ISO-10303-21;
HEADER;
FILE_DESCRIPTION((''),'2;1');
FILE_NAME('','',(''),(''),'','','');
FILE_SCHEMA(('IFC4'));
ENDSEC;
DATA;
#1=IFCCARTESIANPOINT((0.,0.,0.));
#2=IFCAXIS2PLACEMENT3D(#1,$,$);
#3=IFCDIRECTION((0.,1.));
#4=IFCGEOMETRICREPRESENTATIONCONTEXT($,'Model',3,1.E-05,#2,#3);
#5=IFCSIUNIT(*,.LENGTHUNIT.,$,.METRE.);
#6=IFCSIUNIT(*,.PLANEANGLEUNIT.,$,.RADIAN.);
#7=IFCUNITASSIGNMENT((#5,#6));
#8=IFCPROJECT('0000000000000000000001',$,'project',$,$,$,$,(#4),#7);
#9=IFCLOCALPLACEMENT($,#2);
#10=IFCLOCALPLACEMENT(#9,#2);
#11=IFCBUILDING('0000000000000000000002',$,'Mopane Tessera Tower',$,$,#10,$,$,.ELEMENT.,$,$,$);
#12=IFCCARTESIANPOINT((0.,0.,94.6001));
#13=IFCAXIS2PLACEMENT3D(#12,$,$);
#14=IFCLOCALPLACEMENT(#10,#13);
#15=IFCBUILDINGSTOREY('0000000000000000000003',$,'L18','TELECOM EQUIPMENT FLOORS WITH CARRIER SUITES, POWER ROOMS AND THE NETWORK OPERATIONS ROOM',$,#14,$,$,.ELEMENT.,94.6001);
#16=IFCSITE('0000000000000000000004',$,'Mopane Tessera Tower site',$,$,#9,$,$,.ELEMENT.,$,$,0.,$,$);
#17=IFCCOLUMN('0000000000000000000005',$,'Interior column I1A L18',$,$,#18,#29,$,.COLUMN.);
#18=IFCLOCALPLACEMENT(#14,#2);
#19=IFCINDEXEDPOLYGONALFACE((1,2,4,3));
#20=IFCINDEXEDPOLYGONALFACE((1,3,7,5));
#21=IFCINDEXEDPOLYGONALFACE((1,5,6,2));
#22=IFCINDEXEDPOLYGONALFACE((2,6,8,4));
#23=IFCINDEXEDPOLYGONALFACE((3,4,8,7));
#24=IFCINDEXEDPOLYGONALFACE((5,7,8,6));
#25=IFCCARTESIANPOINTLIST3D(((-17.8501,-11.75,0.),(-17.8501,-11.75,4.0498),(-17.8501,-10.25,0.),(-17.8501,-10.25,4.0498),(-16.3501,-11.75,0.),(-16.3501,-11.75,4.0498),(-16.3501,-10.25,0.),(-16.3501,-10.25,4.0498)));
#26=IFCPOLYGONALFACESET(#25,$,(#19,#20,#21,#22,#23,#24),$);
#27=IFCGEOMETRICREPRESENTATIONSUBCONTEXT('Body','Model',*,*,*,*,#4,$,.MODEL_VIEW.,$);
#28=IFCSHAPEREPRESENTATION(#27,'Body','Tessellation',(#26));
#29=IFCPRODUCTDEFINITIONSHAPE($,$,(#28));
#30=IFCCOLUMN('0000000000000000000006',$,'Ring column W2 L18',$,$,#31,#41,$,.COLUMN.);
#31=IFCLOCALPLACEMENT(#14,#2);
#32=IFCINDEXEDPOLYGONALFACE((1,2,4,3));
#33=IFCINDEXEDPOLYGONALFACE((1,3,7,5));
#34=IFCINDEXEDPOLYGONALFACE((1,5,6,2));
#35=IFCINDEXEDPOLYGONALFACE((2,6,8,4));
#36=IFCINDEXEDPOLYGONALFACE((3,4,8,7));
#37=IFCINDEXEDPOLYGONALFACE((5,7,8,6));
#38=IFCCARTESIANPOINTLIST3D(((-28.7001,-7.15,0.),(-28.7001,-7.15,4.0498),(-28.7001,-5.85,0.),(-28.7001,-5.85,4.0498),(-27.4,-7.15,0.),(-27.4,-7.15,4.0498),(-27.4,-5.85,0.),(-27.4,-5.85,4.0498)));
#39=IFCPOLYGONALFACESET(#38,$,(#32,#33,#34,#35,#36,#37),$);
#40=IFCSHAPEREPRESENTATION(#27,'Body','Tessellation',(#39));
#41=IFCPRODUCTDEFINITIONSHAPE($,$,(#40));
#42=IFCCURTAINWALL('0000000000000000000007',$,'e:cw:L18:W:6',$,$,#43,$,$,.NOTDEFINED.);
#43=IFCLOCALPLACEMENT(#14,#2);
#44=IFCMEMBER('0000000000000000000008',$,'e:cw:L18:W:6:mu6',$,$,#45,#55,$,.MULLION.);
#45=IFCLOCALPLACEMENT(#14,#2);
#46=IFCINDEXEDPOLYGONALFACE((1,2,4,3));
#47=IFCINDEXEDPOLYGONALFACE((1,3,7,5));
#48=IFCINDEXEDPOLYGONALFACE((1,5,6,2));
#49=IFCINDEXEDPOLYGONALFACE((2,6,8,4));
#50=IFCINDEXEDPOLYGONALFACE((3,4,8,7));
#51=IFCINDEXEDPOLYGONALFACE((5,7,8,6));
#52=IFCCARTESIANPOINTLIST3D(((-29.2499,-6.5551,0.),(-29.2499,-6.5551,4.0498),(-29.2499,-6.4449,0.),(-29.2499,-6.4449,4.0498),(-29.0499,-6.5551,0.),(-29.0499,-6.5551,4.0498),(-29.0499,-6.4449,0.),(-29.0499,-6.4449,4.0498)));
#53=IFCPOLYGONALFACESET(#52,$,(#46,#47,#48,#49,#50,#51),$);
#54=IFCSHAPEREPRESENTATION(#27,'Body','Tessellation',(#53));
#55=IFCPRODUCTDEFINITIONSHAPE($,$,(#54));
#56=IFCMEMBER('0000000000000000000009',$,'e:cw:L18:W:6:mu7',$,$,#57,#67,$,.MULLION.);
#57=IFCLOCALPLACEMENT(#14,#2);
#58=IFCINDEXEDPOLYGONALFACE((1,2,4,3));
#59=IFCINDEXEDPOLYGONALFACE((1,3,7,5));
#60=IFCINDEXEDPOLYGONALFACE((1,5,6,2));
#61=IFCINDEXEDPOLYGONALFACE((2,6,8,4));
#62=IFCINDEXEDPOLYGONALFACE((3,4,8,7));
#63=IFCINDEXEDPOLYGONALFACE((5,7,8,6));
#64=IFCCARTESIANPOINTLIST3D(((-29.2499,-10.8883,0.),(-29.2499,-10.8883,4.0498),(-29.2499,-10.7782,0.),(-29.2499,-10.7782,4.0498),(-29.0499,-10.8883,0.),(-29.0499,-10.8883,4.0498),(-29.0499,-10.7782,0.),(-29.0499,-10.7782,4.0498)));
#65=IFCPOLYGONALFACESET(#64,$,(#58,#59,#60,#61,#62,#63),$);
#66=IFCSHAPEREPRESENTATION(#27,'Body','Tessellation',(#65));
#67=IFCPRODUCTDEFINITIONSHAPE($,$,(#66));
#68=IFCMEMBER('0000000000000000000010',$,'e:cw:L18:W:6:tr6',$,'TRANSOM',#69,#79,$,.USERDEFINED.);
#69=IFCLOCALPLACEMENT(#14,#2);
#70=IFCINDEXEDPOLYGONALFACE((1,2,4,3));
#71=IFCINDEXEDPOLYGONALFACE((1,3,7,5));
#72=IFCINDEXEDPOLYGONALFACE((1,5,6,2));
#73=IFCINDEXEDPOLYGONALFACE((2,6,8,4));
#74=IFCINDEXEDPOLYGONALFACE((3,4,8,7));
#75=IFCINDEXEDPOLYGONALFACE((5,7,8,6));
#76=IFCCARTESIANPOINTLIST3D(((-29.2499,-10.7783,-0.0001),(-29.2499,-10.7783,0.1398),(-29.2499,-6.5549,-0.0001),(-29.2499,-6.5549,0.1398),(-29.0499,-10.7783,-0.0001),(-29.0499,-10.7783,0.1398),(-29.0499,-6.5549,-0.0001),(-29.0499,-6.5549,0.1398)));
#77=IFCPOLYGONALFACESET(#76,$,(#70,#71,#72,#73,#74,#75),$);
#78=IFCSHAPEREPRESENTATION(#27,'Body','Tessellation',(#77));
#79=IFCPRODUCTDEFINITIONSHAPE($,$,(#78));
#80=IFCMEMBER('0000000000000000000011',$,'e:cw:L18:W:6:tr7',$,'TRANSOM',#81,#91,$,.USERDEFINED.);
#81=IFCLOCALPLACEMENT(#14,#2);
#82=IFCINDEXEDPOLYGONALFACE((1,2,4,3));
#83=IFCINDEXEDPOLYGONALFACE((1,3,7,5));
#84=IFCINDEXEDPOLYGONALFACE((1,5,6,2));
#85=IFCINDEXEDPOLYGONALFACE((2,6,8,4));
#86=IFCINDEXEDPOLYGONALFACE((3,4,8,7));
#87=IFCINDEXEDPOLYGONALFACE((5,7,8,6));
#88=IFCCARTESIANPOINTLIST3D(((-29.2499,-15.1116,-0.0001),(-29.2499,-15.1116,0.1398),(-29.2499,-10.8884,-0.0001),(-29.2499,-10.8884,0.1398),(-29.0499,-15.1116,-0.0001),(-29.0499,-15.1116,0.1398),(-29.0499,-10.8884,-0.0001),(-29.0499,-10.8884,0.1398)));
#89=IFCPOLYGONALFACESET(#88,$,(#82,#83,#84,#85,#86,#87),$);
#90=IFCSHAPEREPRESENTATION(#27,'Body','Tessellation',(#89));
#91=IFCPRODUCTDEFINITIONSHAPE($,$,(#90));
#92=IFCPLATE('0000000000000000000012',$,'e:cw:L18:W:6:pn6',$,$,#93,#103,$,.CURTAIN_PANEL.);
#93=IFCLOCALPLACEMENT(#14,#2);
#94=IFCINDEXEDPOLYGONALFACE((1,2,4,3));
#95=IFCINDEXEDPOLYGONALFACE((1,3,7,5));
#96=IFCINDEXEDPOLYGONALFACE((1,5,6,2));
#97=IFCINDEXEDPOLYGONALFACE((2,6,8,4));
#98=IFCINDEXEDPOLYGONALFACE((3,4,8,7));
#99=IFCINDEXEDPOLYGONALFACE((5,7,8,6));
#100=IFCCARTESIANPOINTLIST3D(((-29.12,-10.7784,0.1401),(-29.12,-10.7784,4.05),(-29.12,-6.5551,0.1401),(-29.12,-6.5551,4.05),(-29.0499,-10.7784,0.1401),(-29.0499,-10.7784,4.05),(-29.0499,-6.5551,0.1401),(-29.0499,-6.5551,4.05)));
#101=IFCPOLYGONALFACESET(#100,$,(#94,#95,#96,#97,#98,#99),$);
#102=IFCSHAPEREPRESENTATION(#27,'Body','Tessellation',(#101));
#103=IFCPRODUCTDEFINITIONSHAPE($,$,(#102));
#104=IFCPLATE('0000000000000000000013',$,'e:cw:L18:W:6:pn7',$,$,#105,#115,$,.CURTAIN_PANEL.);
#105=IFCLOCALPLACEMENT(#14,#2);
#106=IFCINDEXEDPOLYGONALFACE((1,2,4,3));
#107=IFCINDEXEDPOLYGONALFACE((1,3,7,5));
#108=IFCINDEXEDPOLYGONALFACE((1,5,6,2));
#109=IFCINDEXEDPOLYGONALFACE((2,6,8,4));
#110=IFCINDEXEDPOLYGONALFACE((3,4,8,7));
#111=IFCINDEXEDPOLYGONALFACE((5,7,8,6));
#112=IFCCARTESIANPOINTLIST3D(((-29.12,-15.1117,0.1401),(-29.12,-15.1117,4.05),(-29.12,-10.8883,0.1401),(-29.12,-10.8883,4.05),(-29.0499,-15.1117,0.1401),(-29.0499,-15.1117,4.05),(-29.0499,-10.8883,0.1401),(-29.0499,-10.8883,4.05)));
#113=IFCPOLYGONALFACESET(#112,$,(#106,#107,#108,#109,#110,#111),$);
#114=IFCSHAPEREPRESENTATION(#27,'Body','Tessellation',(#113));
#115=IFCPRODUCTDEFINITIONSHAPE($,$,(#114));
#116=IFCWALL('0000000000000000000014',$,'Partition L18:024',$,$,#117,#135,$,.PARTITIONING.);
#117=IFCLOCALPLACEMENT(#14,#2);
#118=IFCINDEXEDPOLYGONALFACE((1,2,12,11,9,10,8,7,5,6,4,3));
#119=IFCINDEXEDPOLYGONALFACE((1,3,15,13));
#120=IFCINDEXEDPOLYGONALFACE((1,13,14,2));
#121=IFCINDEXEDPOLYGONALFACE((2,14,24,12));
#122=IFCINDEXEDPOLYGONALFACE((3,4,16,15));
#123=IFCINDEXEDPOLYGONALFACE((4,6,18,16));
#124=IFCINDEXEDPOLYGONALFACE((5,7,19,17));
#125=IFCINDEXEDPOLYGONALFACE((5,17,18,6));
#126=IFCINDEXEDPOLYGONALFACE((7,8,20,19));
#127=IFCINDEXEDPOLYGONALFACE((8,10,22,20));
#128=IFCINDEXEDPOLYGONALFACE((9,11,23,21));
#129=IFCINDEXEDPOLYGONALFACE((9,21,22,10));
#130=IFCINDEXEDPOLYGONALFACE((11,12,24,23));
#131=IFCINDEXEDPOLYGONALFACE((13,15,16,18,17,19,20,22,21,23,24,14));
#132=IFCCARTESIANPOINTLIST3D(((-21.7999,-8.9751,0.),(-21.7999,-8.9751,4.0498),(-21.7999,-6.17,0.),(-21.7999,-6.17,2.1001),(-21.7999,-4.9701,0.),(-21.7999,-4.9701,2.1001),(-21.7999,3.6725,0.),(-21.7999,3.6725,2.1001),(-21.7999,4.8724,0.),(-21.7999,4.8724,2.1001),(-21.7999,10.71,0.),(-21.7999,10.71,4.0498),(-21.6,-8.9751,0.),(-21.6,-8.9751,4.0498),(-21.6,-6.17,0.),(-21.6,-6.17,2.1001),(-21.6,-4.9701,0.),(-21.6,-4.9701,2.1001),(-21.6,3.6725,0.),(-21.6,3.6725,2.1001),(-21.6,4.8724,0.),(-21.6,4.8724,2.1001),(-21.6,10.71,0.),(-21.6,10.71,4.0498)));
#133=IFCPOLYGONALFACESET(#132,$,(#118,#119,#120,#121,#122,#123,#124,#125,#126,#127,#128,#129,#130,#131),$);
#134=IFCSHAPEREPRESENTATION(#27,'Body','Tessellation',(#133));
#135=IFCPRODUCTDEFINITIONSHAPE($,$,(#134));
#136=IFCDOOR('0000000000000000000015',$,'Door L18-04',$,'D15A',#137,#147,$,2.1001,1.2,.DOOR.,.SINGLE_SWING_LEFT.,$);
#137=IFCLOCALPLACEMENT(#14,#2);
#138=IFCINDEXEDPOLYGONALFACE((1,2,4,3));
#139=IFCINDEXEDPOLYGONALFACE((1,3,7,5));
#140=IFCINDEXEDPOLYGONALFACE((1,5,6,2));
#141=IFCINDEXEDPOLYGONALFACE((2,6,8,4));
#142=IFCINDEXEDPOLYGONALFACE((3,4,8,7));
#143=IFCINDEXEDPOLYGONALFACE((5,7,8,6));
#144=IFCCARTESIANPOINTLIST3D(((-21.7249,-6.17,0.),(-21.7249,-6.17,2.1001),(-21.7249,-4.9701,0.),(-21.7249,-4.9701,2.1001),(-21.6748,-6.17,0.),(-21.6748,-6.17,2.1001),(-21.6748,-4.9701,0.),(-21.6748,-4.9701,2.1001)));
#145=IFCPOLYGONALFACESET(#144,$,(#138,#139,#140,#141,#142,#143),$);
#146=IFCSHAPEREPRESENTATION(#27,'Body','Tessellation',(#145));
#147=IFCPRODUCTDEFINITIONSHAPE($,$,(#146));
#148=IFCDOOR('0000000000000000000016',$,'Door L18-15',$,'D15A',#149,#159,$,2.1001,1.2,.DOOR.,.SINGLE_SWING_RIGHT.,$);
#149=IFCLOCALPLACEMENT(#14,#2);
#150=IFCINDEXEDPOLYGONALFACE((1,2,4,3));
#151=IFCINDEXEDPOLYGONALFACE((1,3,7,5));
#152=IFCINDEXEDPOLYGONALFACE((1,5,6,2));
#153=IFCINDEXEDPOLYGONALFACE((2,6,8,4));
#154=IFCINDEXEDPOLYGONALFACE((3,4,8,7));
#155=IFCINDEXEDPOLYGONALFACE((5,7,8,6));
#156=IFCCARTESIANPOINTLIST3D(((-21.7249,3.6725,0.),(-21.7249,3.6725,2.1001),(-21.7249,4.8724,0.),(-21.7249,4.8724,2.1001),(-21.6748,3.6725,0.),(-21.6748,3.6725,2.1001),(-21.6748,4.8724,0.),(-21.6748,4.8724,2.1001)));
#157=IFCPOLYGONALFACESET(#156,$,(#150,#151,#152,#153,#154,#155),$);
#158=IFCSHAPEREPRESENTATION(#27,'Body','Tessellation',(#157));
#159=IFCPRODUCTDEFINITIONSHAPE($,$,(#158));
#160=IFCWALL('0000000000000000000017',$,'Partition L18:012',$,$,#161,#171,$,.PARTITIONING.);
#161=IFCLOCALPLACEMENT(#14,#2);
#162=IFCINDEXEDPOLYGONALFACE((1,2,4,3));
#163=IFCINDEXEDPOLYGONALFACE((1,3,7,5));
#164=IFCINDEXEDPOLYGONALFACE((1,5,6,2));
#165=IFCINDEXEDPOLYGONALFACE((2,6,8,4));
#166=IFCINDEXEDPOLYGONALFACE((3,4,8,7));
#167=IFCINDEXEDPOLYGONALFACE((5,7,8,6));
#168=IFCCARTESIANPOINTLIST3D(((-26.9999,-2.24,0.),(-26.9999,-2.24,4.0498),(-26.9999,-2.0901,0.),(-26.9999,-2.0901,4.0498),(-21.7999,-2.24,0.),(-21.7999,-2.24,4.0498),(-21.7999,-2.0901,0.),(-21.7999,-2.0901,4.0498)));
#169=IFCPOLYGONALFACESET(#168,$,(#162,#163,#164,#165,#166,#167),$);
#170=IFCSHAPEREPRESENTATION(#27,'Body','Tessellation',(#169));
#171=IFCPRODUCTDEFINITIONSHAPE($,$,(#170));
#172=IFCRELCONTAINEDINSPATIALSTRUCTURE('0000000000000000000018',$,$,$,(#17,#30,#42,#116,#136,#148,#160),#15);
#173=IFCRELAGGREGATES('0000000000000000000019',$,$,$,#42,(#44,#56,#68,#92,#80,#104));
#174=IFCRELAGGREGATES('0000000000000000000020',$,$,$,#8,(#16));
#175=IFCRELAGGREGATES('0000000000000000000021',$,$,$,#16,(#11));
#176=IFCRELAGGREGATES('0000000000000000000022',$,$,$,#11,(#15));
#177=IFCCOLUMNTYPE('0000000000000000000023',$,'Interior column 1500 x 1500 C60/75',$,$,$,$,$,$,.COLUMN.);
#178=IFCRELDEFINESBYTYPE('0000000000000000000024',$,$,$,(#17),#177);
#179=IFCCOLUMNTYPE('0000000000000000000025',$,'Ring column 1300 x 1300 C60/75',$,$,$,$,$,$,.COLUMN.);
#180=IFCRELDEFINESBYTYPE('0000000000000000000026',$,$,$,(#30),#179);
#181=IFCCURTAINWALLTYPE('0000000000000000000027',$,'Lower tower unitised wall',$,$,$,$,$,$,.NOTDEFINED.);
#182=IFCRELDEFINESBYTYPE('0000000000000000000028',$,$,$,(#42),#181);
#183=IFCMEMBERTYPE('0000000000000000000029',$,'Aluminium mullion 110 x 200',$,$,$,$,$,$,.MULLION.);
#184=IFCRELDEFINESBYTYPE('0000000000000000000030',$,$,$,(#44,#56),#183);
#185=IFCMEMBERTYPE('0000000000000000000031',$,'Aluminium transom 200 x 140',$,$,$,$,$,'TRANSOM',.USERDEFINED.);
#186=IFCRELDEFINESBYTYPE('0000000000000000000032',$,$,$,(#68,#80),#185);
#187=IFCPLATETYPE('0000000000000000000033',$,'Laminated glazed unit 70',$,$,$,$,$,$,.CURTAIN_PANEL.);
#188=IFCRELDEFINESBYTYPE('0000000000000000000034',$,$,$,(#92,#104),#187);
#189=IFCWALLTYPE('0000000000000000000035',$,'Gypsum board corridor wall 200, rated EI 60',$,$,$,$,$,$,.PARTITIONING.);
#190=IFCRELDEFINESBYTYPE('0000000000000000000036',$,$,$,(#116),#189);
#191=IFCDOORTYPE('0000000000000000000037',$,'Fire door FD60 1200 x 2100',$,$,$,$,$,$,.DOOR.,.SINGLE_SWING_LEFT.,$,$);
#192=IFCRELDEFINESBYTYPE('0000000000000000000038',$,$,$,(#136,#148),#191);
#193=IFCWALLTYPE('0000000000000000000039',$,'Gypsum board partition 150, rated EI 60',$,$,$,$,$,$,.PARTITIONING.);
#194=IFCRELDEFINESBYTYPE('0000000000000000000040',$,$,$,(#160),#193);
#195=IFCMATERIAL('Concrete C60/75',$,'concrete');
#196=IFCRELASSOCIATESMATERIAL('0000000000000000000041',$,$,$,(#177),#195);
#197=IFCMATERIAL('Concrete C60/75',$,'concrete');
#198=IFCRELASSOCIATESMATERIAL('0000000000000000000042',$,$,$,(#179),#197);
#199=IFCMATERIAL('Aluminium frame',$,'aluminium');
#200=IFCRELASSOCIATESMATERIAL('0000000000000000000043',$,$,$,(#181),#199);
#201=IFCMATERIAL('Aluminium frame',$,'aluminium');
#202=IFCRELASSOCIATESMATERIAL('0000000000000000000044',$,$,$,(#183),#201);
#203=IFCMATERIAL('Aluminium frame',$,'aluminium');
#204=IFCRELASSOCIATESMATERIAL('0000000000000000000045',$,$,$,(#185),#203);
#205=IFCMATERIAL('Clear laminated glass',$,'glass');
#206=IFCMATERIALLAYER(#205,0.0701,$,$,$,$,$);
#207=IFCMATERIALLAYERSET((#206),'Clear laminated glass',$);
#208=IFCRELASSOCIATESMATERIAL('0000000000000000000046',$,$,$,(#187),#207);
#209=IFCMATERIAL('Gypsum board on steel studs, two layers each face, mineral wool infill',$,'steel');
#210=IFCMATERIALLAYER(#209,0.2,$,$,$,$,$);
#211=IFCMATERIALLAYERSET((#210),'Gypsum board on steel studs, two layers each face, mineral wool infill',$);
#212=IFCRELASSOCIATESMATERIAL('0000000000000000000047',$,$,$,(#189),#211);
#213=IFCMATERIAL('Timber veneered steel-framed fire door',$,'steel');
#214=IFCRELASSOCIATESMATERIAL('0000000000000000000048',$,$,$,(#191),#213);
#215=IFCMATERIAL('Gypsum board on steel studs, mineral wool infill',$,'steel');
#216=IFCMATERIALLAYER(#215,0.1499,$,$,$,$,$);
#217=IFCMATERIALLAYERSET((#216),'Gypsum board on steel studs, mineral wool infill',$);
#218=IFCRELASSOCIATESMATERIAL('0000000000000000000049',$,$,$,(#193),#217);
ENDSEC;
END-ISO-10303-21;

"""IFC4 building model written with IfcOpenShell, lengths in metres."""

from ifc_helpers import new_model, si_unit, direction, frame, frame_2d, origin, origin_2d, place, context, subcontext, project, spatial, rectangle, extrude, material, layer, layer_set, material_profile, profile_set, type_object, element, fill, aggregate, save


model = new_model("IFC4")

# Units and contexts
model_context = context("Model", 3, precision=1e-05, world=origin(), true_north=direction((0.0, 1.0)))
body_context = subcontext(model_context, "Body", "Model", "MODEL_VIEW")
ifc_project = project(units=[si_unit("LENGTHUNIT", "METRE"), si_unit("PLANEANGLEUNIT", "RADIAN")], contexts=[model_context])

# Site, building, storey
site_placement = place(None, origin())
site = spatial("IfcSite", under=ifc_project, at=site_placement, Name="Mopane Tessera Tower site", CompositionType="ELEMENT", RefElevation=0.0)
building_placement = place(site_placement, origin())
building = spatial("IfcBuilding", under=site, at=building_placement, Name="Mopane Tessera Tower", CompositionType="ELEMENT")
storey_placement = place(building_placement, frame((0.0, 0.0, 94.6001)))
storey = spatial("IfcBuildingStorey", under=building, at=storey_placement, Name="L18", Description="TELECOM EQUIPMENT FLOORS WITH CARRIER SUITES, POWER ROOMS AND THE NETWORK OPERATIONS ROOM", CompositionType="ELEMENT", Elevation=94.6001)

# Columns
ifc_material_1 = material(Name="Concrete C60/75", Category="concrete")
ifc_material_profile_1 = material_profile(ifc_material_1, rectangle(XDim=1.5, YDim=1.5, at=origin_2d()))
ifc_profile_set_1 = profile_set([ifc_material_profile_1], Name="Concrete C60/75")
column_type_1 = type_object("IfcColumnType", Name="Interior column 1500 x 1500 C60/75", PredefinedType="COLUMN", material=ifc_profile_set_1)
column_1_placement = place(storey_placement, frame((-17.1001, -11.0, 0.0), z_axis=(0.0, 0.0, 1.0), x_axis=(1.0, 0.0, 0.0)))
element("IfcColumn", 1, at=column_1_placement, inside=storey, type_object=column_type_1, Name="Interior column I1A L18", PredefinedType="COLUMN", context=body_context, shape_type="SweptSolid", body=[
    extrude(rectangle(XDim=1.5, YDim=1.5, at=origin_2d()), origin(), (0.0, 0.0, 1.0), 4.0498),
])
ifc_material_2 = material(Name="Concrete C60/75", Category="concrete")
ifc_material_profile_2 = material_profile(ifc_material_2, rectangle(XDim=1.3, YDim=1.3, at=origin_2d()))
ifc_profile_set_2 = profile_set([ifc_material_profile_2], Name="Concrete C60/75")
column_type_2 = type_object("IfcColumnType", Name="Ring column 1300 x 1300 C60/75", PredefinedType="COLUMN", material=ifc_profile_set_2)
column_2_placement = place(storey_placement, frame((-28.05, -6.5, 0.0), z_axis=(0.0, 0.0, 1.0), x_axis=(1.0, 0.0, 0.0)))
element("IfcColumn", 2, at=column_2_placement, inside=storey, type_object=column_type_2, Name="Ring column W2 L18", PredefinedType="COLUMN", context=body_context, shape_type="SweptSolid", body=[
    extrude(rectangle(XDim=1.3, YDim=1.3, at=origin_2d()), origin(), (0.0, 0.0, 1.0), 4.0498),
])

# Curtain wall, members, plates
ifc_material_3 = material(Name="Aluminium frame", Category="aluminium")
curtain_wall_type = type_object("IfcCurtainWallType", Name="Lower tower unitised wall", PredefinedType="NOTDEFINED", material=ifc_material_3)
curtain_wall_placement = place(storey_placement, origin())
curtain_wall = element("IfcCurtainWall", 3, at=curtain_wall_placement, inside=storey, type_object=curtain_wall_type, Name="e:cw:L18:W:6", PredefinedType="NOTDEFINED")
ifc_material_4 = material(Name="Aluminium frame", Category="aluminium")
ifc_material_profile_3 = material_profile(ifc_material_4, rectangle(XDim=0.1101, YDim=0.2, at=origin_2d()))
ifc_profile_set_3 = profile_set([ifc_material_profile_3], Name="Aluminium frame")
member_type_1 = type_object("IfcMemberType", Name="Aluminium mullion 110 x 200", PredefinedType="MULLION", material=ifc_profile_set_3)
member_1_placement = place(storey_placement, frame((-29.1499, -6.5, 0.0), z_axis=(0.0, 0.0, 1.0), x_axis=(0.0, -1.0, 0.0)))
member_1 = element("IfcMember", 4, at=member_1_placement, type_object=member_type_1, Name="e:cw:L18:W:6:mu6", PredefinedType="MULLION", context=body_context, shape_type="SweptSolid", body=[
    extrude(rectangle(XDim=0.1101, YDim=0.2, at=origin_2d()), origin(), (0.0, 0.0, 1.0), 4.0498),
])
member_2_placement = place(storey_placement, frame((-29.1499, -10.8333, 0.0), z_axis=(0.0, 0.0, 1.0), x_axis=(0.0, -1.0, 0.0)))
member_2 = element("IfcMember", 5, at=member_2_placement, type_object=member_type_1, Name="e:cw:L18:W:6:mu7", PredefinedType="MULLION", context=body_context, shape_type="SweptSolid", body=[
    extrude(rectangle(XDim=0.1101, YDim=0.2, at=origin_2d()), origin(), (0.0, 0.0, 1.0), 4.0498),
])
ifc_material_5 = material(Name="Aluminium frame", Category="aluminium")
ifc_material_profile_4 = material_profile(ifc_material_5, rectangle(XDim=0.2, YDim=0.1399, at=origin_2d()))
ifc_profile_set_4 = profile_set([ifc_material_profile_4], Name="Aluminium frame")
member_type_2 = type_object("IfcMemberType", Name="Aluminium transom 200 x 140", ElementType="TRANSOM", PredefinedType="USERDEFINED", material=ifc_profile_set_4)
member_3_placement = place(storey_placement, frame((-29.1499, -6.5549, 0.0698), z_axis=(0.0, -1.0, 0.0), x_axis=(1.0, 0.0, 0.0)))
member_3 = element("IfcMember", 6, at=member_3_placement, type_object=member_type_2, Name="e:cw:L18:W:6:tr6", ObjectType="TRANSOM", PredefinedType="USERDEFINED", context=body_context, shape_type="SweptSolid", body=[
    extrude(rectangle(XDim=0.2, YDim=0.1399, at=origin_2d()), origin(), (0.0, 0.0, 1.0), 4.2234),
])
member_4_placement = place(storey_placement, frame((-29.1499, -10.8884, 0.0698), z_axis=(0.0, -1.0, 0.0), x_axis=(1.0, 0.0, 0.0)))
member_4 = element("IfcMember", 7, at=member_4_placement, type_object=member_type_2, Name="e:cw:L18:W:6:tr7", ObjectType="TRANSOM", PredefinedType="USERDEFINED", context=body_context, shape_type="SweptSolid", body=[
    extrude(rectangle(XDim=0.2, YDim=0.1399, at=origin_2d()), origin(), (0.0, 0.0, 1.0), 4.2231),
])
ifc_material_6 = material(Name="Clear laminated glass", Category="glass")
ifc_layer_1 = layer(ifc_material_6, 0.0701)
ifc_layer_set_1 = layer_set([ifc_layer_1], Name="Clear laminated glass")
plate_type = type_object("IfcPlateType", Name="Laminated glazed unit 70", PredefinedType="CURTAIN_PANEL", material=ifc_layer_set_1)
plate_1_placement = place(storey_placement, frame((-29.085, -8.6667, 0.1401), z_axis=(0.0, 0.0, 1.0), x_axis=(0.0, -1.0, 0.0)))
plate_1 = element("IfcPlate", 8, at=plate_1_placement, type_object=plate_type, Name="e:cw:L18:W:6:pn6", PredefinedType="CURTAIN_PANEL", context=body_context, shape_type="SweptSolid", body=[
    extrude(rectangle(XDim=4.2234, YDim=0.0701, at=origin_2d()), origin(), (0.0, 0.0, 1.0), 3.9099),
])
plate_2_placement = place(storey_placement, frame((-29.085, -13.0, 0.1401), z_axis=(0.0, 0.0, 1.0), x_axis=(0.0, -1.0, 0.0)))
plate_2 = element("IfcPlate", 9, at=plate_2_placement, type_object=plate_type, Name="e:cw:L18:W:6:pn7", PredefinedType="CURTAIN_PANEL", context=body_context, shape_type="SweptSolid", body=[
    extrude(rectangle(XDim=4.2234, YDim=0.0701, at=origin_2d()), origin(), (0.0, 0.0, 1.0), 3.9099),
])
aggregate(curtain_wall, [member_1, member_2, member_3, plate_1, member_4, plate_2])

# Wall, openings, doors
ifc_material_7 = material(Name="Gypsum board on steel studs, two layers each face, mineral wool infill", Category="steel")
ifc_layer_2 = layer(ifc_material_7, 0.2)
ifc_layer_set_2 = layer_set([ifc_layer_2], Name="Gypsum board on steel studs, two layers each face, mineral wool infill")
wall_type_1 = type_object("IfcWallType", Name="Gypsum board corridor wall 200, rated EI 60", PredefinedType="PARTITIONING", material=ifc_layer_set_2)
wall_1_placement = place(storey_placement, frame((-21.7, -8.9751, 0.0), z_axis=(0.0, 0.0, 1.0), x_axis=(0.0, 1.0, 0.0)))
wall_1 = element("IfcWall", 10, at=wall_1_placement, inside=storey, type_object=wall_type_1, Name="Partition L18:024", PredefinedType="PARTITIONING", context=body_context, shape_type="SweptSolid", body=[
    extrude(rectangle(XDim=19.6851, YDim=0.2, at=frame_2d((9.8425, 0.0))), origin(), (0.0, 0.0, 1.0), 4.0498),
])
opening_1_placement = place(wall_1_placement, frame((2.8049, 0.0, 0.0)))
opening_1 = element("IfcOpeningElement", 11, at=opening_1_placement, cuts=wall_1, PredefinedType="OPENING", context=body_context, shape_type="SweptSolid", body=[
    extrude(rectangle(XDim=1.2, YDim=2.1001, at=frame_2d((0.6001, 1.05))), frame((0.0, 0.1121, 0.0), z_axis=(0.0, -1.0, 0.0), x_axis=(1.0, 0.0, 0.0)), (0.0, 0.0, 1.0), 0.2239),
])
opening_2_placement = place(wall_1_placement, frame((12.6475, 0.0, 0.0)))
opening_2 = element("IfcOpeningElement", 12, at=opening_2_placement, cuts=wall_1, PredefinedType="OPENING", context=body_context, shape_type="SweptSolid", body=[
    extrude(rectangle(XDim=1.2, YDim=2.1001, at=frame_2d((0.6001, 1.05))), frame((0.0, 0.1121, 0.0), z_axis=(0.0, -1.0, 0.0), x_axis=(1.0, 0.0, 0.0)), (0.0, 0.0, 1.0), 0.2239),
])
ifc_material_8 = material(Name="Timber veneered steel-framed fire door", Category="steel")
door_type_1 = type_object("IfcDoorType", Name="Fire door FD60 1200 x 2100", OperationType="SINGLE_SWING_LEFT", PredefinedType="DOOR", material=ifc_material_8)
door_1_placement = place(opening_1_placement, origin())
door_1 = element("IfcDoor", 13, at=door_1_placement, inside=storey, type_object=door_type_1, Name="Door L18-04", ObjectType="D15A", OperationType="SINGLE_SWING_LEFT", OverallHeight=2.1001, OverallWidth=1.2, PredefinedType="DOOR", context=body_context, shape_type="SweptSolid", body=[
    extrude(rectangle(XDim=1.2, YDim=2.1001, at=frame_2d((0.6001, 1.05))), frame((0.0, 0.0249, 0.0), z_axis=(0.0, -1.0, 0.0), x_axis=(1.0, 0.0, 0.0)), (0.0, 0.0, 1.0), 0.05),
])
fill(opening_1, door_1)
door_2_placement = place(opening_2_placement, origin())
door_2 = element("IfcDoor", 14, at=door_2_placement, inside=storey, type_object=door_type_1, Name="Door L18-15", ObjectType="D15A", OperationType="SINGLE_SWING_RIGHT", OverallHeight=2.1001, OverallWidth=1.2, PredefinedType="DOOR", context=body_context, shape_type="SweptSolid", body=[
    extrude(rectangle(XDim=1.2, YDim=2.1001, at=frame_2d((0.6001, 1.05))), frame((0.0, 0.0249, 0.0), z_axis=(0.0, -1.0, 0.0), x_axis=(1.0, 0.0, 0.0)), (0.0, 0.0, 1.0), 0.05),
])
fill(opening_2, door_2)

# Wall
ifc_material_9 = material(Name="Gypsum board on steel studs, mineral wool infill", Category="steel")
ifc_layer_3 = layer(ifc_material_9, 0.1499)
ifc_layer_set_3 = layer_set([ifc_layer_3], Name="Gypsum board on steel studs, mineral wool infill")
wall_type_2 = type_object("IfcWallType", Name="Gypsum board partition 150, rated EI 60", PredefinedType="PARTITIONING", material=ifc_layer_set_3)
wall_2_placement = place(storey_placement, frame((-27.0, -2.165, 0.0), z_axis=(0.0, 0.0, 1.0), x_axis=(1.0, 0.0, 0.0)))
element("IfcWall", 15, at=wall_2_placement, inside=storey, type_object=wall_type_2, Name="Partition L18:012", PredefinedType="PARTITIONING", context=body_context, shape_type="SweptSolid", body=[
    extrude(rectangle(XDim=5.2, YDim=0.1499, at=frame_2d((2.6001, 0.0))), origin(), (0.0, 0.0, 1.0), 4.0498),
])

save(model, "model.ifc")
